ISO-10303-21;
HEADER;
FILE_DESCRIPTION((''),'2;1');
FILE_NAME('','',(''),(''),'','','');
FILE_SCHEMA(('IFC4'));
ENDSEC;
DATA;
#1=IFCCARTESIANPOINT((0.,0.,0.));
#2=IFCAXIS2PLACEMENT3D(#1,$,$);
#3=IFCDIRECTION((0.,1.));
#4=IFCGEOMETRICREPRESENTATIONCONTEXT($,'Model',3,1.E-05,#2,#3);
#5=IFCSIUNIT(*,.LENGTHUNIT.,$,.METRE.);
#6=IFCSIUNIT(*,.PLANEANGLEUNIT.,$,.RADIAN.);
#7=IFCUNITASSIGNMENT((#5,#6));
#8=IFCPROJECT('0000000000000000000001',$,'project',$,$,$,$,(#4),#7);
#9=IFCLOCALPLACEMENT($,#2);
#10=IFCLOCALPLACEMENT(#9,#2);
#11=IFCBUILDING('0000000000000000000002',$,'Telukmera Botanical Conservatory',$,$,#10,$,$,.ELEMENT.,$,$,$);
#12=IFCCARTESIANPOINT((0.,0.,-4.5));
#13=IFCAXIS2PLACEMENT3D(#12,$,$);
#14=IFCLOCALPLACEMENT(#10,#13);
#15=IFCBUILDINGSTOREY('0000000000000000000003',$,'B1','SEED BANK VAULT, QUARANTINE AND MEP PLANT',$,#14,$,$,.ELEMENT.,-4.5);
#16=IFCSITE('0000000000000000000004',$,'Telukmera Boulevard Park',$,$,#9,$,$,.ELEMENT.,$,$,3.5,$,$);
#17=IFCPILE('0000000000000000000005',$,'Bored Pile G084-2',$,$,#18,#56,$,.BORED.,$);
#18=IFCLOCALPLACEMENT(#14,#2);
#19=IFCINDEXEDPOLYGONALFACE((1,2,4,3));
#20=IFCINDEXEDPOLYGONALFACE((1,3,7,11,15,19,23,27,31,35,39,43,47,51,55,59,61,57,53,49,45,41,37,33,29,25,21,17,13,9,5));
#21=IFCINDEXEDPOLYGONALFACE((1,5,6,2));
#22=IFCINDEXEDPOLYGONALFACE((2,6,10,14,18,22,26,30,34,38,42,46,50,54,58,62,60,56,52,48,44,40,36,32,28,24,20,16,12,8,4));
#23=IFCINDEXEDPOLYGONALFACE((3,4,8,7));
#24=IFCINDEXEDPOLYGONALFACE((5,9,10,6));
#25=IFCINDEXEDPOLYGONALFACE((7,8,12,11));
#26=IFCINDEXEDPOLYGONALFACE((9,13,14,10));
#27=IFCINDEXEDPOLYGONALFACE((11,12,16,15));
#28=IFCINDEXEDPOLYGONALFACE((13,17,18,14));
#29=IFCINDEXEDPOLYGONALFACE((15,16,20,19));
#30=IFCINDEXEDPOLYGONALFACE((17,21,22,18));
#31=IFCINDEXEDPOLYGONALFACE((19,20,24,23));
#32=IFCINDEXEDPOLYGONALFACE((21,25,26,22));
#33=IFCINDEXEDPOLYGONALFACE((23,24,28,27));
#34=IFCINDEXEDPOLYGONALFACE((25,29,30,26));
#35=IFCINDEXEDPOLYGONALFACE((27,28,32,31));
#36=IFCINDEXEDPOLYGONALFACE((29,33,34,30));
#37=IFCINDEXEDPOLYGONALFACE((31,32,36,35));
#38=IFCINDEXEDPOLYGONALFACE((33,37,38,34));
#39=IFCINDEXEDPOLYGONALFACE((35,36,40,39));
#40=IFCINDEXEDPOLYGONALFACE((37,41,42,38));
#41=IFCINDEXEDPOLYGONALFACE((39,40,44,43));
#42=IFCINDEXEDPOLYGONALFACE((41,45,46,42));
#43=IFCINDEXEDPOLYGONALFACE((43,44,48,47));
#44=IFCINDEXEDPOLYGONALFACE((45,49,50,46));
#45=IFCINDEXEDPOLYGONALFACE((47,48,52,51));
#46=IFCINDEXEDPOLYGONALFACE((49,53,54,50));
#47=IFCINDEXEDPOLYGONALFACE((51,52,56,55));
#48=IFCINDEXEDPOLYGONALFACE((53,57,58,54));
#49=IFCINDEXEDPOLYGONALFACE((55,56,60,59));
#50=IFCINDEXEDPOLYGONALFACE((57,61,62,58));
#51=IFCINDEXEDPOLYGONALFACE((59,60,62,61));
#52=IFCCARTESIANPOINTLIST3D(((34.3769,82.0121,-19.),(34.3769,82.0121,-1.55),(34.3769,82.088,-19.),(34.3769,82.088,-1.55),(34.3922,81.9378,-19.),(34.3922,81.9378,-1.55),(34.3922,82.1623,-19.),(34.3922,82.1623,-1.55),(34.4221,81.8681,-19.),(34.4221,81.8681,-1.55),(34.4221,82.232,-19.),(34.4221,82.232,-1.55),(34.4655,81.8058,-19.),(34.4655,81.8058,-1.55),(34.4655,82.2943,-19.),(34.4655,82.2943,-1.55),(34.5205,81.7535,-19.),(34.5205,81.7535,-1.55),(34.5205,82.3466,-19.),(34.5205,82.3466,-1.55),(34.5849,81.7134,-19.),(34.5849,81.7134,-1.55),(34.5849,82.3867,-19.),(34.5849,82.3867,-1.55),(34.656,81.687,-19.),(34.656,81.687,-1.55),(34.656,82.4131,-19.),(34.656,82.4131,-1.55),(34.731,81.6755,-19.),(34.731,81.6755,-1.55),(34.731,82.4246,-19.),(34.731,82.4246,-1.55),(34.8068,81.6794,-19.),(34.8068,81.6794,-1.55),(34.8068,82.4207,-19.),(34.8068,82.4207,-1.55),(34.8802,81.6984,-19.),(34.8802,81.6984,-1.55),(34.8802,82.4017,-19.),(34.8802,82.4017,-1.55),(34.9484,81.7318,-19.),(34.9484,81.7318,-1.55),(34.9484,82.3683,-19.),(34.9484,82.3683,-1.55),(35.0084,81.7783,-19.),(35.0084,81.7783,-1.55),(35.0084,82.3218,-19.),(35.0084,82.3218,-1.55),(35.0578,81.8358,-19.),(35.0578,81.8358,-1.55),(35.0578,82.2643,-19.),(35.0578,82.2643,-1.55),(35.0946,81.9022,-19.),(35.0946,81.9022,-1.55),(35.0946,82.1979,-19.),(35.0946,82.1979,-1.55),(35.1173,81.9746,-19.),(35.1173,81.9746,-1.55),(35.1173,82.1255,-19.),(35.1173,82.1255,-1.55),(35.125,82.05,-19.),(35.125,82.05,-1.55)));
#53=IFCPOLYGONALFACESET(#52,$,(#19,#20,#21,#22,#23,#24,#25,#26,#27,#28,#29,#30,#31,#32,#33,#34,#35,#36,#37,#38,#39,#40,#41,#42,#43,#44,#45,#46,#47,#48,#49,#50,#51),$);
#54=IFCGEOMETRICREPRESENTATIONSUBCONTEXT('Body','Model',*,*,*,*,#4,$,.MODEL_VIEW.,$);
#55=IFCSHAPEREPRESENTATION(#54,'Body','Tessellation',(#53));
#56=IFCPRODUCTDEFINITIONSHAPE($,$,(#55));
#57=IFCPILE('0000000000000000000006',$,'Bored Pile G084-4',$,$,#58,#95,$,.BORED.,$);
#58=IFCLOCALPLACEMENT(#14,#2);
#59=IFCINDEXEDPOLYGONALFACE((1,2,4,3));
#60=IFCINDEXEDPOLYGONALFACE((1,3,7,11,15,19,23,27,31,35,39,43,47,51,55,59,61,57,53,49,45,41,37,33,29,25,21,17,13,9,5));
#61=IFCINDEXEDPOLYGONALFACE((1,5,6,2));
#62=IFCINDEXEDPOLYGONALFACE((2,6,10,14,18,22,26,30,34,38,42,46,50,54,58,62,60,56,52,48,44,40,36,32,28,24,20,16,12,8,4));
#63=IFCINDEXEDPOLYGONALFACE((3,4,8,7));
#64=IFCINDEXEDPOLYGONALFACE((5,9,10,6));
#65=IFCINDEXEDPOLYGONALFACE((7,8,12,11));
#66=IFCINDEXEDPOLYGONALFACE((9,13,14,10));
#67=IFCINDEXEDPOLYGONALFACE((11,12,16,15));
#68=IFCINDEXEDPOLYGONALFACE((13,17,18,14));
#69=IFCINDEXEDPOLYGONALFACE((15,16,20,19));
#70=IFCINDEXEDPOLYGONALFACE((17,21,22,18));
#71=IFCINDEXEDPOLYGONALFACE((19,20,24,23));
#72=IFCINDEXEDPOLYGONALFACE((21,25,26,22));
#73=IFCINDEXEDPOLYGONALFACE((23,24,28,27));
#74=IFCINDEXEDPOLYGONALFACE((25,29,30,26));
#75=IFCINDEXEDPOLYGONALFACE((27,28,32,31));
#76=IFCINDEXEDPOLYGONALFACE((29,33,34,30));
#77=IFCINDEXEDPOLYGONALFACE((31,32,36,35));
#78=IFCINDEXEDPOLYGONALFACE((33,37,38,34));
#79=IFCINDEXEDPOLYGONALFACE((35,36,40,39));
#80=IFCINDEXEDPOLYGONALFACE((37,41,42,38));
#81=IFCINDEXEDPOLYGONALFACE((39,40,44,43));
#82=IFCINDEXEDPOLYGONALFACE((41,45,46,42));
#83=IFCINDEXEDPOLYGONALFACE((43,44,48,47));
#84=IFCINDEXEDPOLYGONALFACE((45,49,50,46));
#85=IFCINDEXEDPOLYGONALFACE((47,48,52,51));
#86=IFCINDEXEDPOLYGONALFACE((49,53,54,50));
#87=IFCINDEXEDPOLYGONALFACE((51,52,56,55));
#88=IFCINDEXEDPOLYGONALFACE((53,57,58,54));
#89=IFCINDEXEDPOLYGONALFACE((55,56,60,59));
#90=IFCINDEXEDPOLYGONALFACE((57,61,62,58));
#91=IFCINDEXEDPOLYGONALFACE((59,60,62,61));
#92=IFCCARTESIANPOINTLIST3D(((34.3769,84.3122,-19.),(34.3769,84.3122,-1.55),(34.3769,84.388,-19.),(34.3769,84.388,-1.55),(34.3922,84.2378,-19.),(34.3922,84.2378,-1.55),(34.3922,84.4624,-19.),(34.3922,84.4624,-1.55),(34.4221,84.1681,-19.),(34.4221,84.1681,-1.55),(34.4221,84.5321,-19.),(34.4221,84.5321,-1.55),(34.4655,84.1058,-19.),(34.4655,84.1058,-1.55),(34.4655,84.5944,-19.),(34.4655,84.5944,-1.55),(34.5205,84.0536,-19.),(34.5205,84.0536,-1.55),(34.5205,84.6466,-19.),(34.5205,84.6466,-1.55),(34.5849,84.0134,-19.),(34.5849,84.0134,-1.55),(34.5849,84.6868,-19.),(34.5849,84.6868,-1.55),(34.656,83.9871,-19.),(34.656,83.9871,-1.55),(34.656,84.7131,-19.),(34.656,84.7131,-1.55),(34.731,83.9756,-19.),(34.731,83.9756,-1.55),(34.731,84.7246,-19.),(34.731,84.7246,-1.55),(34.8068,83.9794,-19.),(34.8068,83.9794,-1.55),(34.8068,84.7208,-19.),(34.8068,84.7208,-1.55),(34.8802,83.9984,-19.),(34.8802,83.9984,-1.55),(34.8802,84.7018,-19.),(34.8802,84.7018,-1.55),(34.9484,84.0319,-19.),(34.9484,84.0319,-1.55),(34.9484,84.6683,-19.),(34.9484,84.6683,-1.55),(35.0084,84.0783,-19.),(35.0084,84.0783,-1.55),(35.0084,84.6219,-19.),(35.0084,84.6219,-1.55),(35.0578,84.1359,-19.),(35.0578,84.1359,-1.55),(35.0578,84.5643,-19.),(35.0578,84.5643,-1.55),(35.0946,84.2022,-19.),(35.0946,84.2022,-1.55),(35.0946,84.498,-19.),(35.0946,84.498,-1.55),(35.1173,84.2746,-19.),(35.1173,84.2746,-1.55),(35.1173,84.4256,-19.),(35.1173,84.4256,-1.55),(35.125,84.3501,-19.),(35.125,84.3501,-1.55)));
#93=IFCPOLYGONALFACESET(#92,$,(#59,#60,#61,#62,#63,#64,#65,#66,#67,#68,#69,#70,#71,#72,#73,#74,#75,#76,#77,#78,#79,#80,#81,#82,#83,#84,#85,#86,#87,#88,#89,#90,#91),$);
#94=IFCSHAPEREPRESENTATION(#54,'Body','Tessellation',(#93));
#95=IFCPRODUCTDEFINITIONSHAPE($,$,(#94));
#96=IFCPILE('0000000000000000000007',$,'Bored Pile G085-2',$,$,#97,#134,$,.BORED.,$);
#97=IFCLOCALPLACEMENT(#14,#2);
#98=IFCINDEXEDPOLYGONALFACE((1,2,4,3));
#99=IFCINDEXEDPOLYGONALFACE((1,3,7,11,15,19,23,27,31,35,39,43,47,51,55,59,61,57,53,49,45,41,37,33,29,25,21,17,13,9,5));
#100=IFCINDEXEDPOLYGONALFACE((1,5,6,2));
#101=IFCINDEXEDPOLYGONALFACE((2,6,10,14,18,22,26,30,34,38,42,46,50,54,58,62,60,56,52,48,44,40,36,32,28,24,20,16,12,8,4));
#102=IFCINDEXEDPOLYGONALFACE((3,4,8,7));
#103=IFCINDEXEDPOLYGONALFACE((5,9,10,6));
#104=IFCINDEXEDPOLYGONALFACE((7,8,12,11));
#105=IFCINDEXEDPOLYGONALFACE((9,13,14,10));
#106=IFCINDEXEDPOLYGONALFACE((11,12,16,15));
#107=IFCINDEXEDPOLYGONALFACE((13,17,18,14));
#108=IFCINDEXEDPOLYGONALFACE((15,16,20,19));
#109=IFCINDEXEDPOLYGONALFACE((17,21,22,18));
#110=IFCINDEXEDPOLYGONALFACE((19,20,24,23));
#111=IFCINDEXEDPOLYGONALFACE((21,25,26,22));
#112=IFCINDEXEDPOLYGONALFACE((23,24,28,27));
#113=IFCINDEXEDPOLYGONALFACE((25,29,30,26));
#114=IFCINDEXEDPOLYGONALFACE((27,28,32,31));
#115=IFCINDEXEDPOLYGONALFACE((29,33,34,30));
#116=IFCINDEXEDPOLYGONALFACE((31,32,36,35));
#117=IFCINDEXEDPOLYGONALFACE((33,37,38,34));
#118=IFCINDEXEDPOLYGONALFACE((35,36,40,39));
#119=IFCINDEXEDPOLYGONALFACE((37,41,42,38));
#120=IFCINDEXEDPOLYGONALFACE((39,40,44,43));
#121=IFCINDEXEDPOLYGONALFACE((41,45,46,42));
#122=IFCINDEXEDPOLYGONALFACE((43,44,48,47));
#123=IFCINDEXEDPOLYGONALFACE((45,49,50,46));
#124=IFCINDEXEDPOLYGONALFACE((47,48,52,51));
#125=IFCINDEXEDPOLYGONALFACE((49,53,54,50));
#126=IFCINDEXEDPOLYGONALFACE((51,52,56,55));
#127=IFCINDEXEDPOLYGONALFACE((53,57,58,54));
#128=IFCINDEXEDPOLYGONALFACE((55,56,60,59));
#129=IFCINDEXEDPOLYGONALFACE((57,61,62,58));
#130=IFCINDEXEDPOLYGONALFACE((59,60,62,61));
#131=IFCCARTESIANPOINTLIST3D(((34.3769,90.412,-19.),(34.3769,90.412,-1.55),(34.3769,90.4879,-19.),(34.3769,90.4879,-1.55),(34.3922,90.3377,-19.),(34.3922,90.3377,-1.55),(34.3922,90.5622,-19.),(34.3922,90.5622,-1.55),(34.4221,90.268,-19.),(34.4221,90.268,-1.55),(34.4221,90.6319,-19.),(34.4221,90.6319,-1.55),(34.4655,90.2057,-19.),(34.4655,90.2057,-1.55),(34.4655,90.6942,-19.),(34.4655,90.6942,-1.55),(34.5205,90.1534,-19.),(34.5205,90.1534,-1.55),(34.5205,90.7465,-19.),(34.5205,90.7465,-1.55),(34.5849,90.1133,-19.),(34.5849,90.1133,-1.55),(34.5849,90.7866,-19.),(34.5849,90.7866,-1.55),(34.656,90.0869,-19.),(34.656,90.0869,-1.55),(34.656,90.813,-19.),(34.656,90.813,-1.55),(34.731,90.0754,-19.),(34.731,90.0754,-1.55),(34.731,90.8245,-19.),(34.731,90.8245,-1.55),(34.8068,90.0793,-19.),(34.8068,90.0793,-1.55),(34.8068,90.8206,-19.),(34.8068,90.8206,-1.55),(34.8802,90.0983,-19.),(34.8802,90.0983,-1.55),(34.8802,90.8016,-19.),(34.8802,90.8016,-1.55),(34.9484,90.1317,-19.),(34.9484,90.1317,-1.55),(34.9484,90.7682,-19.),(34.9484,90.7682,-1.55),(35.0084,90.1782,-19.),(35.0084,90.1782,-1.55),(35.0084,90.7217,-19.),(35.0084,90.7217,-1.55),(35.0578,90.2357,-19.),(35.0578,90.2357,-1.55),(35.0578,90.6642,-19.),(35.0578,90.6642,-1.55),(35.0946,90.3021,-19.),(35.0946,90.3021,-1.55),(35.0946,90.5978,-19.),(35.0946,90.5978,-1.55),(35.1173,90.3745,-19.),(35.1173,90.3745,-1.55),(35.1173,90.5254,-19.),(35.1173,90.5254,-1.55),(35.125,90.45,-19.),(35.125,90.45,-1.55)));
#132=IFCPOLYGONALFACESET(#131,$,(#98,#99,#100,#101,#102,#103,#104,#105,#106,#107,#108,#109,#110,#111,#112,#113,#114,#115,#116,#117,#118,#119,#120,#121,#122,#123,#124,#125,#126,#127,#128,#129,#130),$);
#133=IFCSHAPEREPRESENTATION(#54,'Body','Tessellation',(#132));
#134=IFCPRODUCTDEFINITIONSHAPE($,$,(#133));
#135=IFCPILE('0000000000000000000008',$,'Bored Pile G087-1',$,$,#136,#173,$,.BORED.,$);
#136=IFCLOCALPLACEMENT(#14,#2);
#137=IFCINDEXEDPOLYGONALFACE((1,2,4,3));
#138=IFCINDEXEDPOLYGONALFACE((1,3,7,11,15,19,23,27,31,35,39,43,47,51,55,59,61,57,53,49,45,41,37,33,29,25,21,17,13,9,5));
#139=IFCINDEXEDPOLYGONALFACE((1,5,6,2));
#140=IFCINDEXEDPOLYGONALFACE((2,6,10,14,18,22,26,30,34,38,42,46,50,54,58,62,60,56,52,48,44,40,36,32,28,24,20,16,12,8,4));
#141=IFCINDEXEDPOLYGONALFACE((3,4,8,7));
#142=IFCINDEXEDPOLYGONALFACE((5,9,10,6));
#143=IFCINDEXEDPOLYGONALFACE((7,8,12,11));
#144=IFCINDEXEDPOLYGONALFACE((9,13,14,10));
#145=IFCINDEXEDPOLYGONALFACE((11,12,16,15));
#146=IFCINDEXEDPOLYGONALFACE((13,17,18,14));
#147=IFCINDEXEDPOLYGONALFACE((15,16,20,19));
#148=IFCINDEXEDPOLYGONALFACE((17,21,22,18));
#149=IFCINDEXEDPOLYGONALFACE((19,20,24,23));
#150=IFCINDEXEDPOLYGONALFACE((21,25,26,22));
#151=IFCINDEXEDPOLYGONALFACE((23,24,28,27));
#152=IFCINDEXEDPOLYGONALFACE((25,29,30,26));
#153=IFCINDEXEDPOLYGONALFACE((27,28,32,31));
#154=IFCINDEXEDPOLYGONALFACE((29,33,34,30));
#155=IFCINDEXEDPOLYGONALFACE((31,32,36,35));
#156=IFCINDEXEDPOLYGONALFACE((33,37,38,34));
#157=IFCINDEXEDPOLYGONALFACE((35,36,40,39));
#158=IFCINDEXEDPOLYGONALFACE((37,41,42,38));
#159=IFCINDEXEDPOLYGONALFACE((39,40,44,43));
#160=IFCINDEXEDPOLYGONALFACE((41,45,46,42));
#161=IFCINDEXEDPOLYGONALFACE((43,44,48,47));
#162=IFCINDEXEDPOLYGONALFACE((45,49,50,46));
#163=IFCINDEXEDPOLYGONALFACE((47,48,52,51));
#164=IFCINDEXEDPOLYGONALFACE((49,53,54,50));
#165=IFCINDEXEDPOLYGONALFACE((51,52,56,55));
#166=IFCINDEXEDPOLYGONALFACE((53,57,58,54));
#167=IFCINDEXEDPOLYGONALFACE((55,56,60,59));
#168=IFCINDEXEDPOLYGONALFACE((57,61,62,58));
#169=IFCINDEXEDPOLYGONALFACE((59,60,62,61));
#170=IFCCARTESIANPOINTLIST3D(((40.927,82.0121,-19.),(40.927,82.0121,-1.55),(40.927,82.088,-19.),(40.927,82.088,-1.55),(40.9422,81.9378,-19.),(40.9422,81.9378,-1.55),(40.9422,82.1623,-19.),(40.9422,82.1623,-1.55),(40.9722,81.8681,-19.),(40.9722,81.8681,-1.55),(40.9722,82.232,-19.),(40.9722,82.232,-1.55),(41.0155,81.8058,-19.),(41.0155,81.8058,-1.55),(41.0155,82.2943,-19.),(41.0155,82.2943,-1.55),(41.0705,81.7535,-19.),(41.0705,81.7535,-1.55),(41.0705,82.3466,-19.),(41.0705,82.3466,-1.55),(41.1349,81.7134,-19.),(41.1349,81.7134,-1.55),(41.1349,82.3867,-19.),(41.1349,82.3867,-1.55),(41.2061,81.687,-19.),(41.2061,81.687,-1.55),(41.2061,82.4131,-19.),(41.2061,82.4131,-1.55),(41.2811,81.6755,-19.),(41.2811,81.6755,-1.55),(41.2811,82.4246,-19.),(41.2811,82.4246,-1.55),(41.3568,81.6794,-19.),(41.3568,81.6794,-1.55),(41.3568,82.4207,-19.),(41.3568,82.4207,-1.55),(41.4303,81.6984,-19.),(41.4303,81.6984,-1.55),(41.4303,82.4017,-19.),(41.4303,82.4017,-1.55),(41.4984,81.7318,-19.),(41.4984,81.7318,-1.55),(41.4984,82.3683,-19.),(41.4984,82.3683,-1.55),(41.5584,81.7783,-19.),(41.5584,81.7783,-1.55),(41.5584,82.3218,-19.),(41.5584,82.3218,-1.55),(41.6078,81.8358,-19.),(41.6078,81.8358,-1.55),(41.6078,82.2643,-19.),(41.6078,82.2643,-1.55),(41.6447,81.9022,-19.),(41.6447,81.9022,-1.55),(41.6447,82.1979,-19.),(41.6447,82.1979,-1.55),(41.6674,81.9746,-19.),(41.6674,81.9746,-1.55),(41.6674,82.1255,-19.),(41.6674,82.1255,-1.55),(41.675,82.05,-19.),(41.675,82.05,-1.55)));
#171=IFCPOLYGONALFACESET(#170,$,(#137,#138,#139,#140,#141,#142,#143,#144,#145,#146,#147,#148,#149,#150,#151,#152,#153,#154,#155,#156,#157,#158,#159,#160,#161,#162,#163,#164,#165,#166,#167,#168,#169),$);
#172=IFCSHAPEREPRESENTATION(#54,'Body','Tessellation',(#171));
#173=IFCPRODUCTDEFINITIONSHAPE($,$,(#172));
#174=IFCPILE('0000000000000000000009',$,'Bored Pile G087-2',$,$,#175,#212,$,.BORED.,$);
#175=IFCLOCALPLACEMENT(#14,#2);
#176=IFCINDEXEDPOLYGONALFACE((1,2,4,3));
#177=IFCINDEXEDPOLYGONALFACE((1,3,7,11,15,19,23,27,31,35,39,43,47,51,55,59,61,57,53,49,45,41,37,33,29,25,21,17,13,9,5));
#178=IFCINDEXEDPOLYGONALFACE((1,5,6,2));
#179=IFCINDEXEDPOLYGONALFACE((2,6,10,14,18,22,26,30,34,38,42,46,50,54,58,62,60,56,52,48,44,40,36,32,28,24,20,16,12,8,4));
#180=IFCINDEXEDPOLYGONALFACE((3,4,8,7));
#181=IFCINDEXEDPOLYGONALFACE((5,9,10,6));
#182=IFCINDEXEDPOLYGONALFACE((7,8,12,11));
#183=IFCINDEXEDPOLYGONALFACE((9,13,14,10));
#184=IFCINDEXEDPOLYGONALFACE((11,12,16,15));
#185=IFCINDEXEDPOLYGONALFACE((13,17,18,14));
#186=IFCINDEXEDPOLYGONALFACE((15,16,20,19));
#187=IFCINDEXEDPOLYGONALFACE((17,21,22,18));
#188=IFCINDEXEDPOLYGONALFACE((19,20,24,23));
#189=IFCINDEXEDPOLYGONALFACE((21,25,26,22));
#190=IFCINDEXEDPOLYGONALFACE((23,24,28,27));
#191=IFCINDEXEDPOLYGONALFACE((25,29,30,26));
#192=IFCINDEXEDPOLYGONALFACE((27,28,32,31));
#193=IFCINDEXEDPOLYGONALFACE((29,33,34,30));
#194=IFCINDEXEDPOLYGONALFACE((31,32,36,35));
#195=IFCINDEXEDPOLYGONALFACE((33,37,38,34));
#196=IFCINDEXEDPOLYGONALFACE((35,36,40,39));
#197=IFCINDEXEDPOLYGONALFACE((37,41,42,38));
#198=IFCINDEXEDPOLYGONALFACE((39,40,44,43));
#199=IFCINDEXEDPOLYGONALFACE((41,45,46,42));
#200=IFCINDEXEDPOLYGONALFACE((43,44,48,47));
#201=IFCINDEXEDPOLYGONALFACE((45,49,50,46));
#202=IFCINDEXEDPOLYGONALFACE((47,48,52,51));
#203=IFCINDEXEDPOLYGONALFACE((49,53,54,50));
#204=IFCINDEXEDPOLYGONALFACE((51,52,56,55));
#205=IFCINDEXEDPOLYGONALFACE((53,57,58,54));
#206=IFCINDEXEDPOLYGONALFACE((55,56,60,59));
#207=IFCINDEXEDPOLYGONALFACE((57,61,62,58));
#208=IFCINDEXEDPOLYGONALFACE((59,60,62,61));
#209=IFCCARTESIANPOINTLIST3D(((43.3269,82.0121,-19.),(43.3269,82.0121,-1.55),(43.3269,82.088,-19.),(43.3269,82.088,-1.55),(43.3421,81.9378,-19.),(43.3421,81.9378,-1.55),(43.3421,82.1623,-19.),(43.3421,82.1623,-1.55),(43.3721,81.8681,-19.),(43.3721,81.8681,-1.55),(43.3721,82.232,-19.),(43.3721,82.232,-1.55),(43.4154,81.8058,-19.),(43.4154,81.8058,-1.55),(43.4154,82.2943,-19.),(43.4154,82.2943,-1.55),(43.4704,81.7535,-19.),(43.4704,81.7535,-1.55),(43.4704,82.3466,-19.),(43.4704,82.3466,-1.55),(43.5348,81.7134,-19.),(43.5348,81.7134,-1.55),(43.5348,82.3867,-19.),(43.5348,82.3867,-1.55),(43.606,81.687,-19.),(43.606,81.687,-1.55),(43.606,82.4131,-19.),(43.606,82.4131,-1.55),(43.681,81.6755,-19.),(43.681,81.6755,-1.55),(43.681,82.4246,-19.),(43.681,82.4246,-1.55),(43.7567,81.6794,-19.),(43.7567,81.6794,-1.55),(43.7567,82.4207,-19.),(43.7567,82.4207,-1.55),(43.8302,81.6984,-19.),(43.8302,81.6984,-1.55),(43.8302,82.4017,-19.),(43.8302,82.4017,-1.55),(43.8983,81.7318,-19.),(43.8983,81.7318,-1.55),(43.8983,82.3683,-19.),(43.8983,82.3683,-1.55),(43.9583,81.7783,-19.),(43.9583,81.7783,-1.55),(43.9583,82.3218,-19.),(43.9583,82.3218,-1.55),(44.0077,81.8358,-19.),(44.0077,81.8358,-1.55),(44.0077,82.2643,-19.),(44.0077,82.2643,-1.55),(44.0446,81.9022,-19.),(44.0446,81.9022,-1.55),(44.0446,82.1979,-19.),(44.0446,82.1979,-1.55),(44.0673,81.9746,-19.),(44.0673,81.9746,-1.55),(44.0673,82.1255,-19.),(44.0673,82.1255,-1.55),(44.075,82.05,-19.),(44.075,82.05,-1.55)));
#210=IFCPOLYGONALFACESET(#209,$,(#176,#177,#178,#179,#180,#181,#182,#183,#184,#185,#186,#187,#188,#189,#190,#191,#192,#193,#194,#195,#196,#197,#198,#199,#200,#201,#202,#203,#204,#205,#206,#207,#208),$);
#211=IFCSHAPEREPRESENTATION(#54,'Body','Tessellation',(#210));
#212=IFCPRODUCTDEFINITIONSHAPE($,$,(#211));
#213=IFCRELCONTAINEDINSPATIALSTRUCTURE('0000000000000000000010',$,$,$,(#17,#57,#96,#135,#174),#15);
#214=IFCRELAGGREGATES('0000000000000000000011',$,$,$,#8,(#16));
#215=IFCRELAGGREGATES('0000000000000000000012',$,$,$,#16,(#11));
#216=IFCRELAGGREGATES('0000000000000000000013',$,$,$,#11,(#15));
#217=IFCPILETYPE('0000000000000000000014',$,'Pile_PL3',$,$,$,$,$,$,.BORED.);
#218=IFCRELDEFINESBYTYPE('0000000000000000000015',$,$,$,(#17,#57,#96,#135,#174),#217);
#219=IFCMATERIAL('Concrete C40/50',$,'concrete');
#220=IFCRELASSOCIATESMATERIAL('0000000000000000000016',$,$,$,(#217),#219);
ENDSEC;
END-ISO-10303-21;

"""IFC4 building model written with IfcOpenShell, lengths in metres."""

from ifc_helpers import new_model, si_unit, direction, frame, origin, origin_2d, place, context, subcontext, project, spatial, circle, extrude, material, material_profile, profile_set, type_object, element, save


model = new_model("IFC4")

# Units and contexts
model_context = context("Model", 3, precision=1e-05, world=origin(), true_north=direction((0.0, 1.0)))
body_context = subcontext(model_context, "Body", "Model", "MODEL_VIEW")
ifc_project = project(units=[si_unit("LENGTHUNIT", "METRE"), si_unit("PLANEANGLEUNIT", "RADIAN")], contexts=[model_context])

# Site, building, storey
site_placement = place(None, origin())
site = spatial("IfcSite", under=ifc_project, at=site_placement, Name="Telukmera Boulevard Park", CompositionType="ELEMENT", RefElevation=3.5)
building_placement = place(site_placement, origin())
building = spatial("IfcBuilding", under=site, at=building_placement, Name="Telukmera Botanical Conservatory", CompositionType="ELEMENT")
storey_placement = place(building_placement, frame((0.0, 0.0, -4.5)))
storey = spatial("IfcBuildingStorey", under=building, at=storey_placement, Name="B1", Description="SEED BANK VAULT, QUARANTINE AND MEP PLANT", CompositionType="ELEMENT", Elevation=-4.5)

# Shared definitions
ifc_material_1 = material(Name="Concrete C40/50", Category="concrete")

# Piles
ifc_material_profile_1 = material_profile(ifc_material_1, circle(Radius=0.375, at=origin_2d()), Name="PILE D750")
ifc_profile_set_1 = profile_set([ifc_material_profile_1], Name="Concrete C40/50")
pile_type = type_object("IfcPileType", Name="Pile_PL3", PredefinedType="BORED", material=ifc_profile_set_1)
for number, where, z_axis, x_axis, name in (
    (1, (34.75, 82.05, -1.55), (0.0, 0.0, -1.0), (1.0, 0.0, 0.0), "Bored Pile G084-2"),
    (2, (34.75, 84.3501, -1.55), (0.0, 0.0, -1.0), (1.0, 0.0, 0.0), "Bored Pile G084-4"),
    (3, (34.75, 90.45, -1.55), (0.0, 0.0, -1.0), (1.0, 0.0, 0.0), "Bored Pile G085-2"),
    (4, (41.3, 82.05, -1.55), (0.0, 0.0, -1.0), (1.0, 0.0, 0.0), "Bored Pile G087-1"),
    (5, (43.7, 82.05, -1.55), (0.0, 0.0, -1.0), (1.0, 0.0, 0.0), "Bored Pile G087-2"),
):
    element("IfcPile", number, at=place(storey_placement, frame(where, z_axis=z_axis, x_axis=x_axis)), inside=storey, type_object=pile_type, Name=name, PredefinedType="BORED", context=body_context, shape_type="SweptSolid", body=[
        extrude(circle(Radius=0.375, at=origin_2d()), origin(), (0.0, 0.0, 1.0), 17.45),
    ])

save(model, "model.ifc")
